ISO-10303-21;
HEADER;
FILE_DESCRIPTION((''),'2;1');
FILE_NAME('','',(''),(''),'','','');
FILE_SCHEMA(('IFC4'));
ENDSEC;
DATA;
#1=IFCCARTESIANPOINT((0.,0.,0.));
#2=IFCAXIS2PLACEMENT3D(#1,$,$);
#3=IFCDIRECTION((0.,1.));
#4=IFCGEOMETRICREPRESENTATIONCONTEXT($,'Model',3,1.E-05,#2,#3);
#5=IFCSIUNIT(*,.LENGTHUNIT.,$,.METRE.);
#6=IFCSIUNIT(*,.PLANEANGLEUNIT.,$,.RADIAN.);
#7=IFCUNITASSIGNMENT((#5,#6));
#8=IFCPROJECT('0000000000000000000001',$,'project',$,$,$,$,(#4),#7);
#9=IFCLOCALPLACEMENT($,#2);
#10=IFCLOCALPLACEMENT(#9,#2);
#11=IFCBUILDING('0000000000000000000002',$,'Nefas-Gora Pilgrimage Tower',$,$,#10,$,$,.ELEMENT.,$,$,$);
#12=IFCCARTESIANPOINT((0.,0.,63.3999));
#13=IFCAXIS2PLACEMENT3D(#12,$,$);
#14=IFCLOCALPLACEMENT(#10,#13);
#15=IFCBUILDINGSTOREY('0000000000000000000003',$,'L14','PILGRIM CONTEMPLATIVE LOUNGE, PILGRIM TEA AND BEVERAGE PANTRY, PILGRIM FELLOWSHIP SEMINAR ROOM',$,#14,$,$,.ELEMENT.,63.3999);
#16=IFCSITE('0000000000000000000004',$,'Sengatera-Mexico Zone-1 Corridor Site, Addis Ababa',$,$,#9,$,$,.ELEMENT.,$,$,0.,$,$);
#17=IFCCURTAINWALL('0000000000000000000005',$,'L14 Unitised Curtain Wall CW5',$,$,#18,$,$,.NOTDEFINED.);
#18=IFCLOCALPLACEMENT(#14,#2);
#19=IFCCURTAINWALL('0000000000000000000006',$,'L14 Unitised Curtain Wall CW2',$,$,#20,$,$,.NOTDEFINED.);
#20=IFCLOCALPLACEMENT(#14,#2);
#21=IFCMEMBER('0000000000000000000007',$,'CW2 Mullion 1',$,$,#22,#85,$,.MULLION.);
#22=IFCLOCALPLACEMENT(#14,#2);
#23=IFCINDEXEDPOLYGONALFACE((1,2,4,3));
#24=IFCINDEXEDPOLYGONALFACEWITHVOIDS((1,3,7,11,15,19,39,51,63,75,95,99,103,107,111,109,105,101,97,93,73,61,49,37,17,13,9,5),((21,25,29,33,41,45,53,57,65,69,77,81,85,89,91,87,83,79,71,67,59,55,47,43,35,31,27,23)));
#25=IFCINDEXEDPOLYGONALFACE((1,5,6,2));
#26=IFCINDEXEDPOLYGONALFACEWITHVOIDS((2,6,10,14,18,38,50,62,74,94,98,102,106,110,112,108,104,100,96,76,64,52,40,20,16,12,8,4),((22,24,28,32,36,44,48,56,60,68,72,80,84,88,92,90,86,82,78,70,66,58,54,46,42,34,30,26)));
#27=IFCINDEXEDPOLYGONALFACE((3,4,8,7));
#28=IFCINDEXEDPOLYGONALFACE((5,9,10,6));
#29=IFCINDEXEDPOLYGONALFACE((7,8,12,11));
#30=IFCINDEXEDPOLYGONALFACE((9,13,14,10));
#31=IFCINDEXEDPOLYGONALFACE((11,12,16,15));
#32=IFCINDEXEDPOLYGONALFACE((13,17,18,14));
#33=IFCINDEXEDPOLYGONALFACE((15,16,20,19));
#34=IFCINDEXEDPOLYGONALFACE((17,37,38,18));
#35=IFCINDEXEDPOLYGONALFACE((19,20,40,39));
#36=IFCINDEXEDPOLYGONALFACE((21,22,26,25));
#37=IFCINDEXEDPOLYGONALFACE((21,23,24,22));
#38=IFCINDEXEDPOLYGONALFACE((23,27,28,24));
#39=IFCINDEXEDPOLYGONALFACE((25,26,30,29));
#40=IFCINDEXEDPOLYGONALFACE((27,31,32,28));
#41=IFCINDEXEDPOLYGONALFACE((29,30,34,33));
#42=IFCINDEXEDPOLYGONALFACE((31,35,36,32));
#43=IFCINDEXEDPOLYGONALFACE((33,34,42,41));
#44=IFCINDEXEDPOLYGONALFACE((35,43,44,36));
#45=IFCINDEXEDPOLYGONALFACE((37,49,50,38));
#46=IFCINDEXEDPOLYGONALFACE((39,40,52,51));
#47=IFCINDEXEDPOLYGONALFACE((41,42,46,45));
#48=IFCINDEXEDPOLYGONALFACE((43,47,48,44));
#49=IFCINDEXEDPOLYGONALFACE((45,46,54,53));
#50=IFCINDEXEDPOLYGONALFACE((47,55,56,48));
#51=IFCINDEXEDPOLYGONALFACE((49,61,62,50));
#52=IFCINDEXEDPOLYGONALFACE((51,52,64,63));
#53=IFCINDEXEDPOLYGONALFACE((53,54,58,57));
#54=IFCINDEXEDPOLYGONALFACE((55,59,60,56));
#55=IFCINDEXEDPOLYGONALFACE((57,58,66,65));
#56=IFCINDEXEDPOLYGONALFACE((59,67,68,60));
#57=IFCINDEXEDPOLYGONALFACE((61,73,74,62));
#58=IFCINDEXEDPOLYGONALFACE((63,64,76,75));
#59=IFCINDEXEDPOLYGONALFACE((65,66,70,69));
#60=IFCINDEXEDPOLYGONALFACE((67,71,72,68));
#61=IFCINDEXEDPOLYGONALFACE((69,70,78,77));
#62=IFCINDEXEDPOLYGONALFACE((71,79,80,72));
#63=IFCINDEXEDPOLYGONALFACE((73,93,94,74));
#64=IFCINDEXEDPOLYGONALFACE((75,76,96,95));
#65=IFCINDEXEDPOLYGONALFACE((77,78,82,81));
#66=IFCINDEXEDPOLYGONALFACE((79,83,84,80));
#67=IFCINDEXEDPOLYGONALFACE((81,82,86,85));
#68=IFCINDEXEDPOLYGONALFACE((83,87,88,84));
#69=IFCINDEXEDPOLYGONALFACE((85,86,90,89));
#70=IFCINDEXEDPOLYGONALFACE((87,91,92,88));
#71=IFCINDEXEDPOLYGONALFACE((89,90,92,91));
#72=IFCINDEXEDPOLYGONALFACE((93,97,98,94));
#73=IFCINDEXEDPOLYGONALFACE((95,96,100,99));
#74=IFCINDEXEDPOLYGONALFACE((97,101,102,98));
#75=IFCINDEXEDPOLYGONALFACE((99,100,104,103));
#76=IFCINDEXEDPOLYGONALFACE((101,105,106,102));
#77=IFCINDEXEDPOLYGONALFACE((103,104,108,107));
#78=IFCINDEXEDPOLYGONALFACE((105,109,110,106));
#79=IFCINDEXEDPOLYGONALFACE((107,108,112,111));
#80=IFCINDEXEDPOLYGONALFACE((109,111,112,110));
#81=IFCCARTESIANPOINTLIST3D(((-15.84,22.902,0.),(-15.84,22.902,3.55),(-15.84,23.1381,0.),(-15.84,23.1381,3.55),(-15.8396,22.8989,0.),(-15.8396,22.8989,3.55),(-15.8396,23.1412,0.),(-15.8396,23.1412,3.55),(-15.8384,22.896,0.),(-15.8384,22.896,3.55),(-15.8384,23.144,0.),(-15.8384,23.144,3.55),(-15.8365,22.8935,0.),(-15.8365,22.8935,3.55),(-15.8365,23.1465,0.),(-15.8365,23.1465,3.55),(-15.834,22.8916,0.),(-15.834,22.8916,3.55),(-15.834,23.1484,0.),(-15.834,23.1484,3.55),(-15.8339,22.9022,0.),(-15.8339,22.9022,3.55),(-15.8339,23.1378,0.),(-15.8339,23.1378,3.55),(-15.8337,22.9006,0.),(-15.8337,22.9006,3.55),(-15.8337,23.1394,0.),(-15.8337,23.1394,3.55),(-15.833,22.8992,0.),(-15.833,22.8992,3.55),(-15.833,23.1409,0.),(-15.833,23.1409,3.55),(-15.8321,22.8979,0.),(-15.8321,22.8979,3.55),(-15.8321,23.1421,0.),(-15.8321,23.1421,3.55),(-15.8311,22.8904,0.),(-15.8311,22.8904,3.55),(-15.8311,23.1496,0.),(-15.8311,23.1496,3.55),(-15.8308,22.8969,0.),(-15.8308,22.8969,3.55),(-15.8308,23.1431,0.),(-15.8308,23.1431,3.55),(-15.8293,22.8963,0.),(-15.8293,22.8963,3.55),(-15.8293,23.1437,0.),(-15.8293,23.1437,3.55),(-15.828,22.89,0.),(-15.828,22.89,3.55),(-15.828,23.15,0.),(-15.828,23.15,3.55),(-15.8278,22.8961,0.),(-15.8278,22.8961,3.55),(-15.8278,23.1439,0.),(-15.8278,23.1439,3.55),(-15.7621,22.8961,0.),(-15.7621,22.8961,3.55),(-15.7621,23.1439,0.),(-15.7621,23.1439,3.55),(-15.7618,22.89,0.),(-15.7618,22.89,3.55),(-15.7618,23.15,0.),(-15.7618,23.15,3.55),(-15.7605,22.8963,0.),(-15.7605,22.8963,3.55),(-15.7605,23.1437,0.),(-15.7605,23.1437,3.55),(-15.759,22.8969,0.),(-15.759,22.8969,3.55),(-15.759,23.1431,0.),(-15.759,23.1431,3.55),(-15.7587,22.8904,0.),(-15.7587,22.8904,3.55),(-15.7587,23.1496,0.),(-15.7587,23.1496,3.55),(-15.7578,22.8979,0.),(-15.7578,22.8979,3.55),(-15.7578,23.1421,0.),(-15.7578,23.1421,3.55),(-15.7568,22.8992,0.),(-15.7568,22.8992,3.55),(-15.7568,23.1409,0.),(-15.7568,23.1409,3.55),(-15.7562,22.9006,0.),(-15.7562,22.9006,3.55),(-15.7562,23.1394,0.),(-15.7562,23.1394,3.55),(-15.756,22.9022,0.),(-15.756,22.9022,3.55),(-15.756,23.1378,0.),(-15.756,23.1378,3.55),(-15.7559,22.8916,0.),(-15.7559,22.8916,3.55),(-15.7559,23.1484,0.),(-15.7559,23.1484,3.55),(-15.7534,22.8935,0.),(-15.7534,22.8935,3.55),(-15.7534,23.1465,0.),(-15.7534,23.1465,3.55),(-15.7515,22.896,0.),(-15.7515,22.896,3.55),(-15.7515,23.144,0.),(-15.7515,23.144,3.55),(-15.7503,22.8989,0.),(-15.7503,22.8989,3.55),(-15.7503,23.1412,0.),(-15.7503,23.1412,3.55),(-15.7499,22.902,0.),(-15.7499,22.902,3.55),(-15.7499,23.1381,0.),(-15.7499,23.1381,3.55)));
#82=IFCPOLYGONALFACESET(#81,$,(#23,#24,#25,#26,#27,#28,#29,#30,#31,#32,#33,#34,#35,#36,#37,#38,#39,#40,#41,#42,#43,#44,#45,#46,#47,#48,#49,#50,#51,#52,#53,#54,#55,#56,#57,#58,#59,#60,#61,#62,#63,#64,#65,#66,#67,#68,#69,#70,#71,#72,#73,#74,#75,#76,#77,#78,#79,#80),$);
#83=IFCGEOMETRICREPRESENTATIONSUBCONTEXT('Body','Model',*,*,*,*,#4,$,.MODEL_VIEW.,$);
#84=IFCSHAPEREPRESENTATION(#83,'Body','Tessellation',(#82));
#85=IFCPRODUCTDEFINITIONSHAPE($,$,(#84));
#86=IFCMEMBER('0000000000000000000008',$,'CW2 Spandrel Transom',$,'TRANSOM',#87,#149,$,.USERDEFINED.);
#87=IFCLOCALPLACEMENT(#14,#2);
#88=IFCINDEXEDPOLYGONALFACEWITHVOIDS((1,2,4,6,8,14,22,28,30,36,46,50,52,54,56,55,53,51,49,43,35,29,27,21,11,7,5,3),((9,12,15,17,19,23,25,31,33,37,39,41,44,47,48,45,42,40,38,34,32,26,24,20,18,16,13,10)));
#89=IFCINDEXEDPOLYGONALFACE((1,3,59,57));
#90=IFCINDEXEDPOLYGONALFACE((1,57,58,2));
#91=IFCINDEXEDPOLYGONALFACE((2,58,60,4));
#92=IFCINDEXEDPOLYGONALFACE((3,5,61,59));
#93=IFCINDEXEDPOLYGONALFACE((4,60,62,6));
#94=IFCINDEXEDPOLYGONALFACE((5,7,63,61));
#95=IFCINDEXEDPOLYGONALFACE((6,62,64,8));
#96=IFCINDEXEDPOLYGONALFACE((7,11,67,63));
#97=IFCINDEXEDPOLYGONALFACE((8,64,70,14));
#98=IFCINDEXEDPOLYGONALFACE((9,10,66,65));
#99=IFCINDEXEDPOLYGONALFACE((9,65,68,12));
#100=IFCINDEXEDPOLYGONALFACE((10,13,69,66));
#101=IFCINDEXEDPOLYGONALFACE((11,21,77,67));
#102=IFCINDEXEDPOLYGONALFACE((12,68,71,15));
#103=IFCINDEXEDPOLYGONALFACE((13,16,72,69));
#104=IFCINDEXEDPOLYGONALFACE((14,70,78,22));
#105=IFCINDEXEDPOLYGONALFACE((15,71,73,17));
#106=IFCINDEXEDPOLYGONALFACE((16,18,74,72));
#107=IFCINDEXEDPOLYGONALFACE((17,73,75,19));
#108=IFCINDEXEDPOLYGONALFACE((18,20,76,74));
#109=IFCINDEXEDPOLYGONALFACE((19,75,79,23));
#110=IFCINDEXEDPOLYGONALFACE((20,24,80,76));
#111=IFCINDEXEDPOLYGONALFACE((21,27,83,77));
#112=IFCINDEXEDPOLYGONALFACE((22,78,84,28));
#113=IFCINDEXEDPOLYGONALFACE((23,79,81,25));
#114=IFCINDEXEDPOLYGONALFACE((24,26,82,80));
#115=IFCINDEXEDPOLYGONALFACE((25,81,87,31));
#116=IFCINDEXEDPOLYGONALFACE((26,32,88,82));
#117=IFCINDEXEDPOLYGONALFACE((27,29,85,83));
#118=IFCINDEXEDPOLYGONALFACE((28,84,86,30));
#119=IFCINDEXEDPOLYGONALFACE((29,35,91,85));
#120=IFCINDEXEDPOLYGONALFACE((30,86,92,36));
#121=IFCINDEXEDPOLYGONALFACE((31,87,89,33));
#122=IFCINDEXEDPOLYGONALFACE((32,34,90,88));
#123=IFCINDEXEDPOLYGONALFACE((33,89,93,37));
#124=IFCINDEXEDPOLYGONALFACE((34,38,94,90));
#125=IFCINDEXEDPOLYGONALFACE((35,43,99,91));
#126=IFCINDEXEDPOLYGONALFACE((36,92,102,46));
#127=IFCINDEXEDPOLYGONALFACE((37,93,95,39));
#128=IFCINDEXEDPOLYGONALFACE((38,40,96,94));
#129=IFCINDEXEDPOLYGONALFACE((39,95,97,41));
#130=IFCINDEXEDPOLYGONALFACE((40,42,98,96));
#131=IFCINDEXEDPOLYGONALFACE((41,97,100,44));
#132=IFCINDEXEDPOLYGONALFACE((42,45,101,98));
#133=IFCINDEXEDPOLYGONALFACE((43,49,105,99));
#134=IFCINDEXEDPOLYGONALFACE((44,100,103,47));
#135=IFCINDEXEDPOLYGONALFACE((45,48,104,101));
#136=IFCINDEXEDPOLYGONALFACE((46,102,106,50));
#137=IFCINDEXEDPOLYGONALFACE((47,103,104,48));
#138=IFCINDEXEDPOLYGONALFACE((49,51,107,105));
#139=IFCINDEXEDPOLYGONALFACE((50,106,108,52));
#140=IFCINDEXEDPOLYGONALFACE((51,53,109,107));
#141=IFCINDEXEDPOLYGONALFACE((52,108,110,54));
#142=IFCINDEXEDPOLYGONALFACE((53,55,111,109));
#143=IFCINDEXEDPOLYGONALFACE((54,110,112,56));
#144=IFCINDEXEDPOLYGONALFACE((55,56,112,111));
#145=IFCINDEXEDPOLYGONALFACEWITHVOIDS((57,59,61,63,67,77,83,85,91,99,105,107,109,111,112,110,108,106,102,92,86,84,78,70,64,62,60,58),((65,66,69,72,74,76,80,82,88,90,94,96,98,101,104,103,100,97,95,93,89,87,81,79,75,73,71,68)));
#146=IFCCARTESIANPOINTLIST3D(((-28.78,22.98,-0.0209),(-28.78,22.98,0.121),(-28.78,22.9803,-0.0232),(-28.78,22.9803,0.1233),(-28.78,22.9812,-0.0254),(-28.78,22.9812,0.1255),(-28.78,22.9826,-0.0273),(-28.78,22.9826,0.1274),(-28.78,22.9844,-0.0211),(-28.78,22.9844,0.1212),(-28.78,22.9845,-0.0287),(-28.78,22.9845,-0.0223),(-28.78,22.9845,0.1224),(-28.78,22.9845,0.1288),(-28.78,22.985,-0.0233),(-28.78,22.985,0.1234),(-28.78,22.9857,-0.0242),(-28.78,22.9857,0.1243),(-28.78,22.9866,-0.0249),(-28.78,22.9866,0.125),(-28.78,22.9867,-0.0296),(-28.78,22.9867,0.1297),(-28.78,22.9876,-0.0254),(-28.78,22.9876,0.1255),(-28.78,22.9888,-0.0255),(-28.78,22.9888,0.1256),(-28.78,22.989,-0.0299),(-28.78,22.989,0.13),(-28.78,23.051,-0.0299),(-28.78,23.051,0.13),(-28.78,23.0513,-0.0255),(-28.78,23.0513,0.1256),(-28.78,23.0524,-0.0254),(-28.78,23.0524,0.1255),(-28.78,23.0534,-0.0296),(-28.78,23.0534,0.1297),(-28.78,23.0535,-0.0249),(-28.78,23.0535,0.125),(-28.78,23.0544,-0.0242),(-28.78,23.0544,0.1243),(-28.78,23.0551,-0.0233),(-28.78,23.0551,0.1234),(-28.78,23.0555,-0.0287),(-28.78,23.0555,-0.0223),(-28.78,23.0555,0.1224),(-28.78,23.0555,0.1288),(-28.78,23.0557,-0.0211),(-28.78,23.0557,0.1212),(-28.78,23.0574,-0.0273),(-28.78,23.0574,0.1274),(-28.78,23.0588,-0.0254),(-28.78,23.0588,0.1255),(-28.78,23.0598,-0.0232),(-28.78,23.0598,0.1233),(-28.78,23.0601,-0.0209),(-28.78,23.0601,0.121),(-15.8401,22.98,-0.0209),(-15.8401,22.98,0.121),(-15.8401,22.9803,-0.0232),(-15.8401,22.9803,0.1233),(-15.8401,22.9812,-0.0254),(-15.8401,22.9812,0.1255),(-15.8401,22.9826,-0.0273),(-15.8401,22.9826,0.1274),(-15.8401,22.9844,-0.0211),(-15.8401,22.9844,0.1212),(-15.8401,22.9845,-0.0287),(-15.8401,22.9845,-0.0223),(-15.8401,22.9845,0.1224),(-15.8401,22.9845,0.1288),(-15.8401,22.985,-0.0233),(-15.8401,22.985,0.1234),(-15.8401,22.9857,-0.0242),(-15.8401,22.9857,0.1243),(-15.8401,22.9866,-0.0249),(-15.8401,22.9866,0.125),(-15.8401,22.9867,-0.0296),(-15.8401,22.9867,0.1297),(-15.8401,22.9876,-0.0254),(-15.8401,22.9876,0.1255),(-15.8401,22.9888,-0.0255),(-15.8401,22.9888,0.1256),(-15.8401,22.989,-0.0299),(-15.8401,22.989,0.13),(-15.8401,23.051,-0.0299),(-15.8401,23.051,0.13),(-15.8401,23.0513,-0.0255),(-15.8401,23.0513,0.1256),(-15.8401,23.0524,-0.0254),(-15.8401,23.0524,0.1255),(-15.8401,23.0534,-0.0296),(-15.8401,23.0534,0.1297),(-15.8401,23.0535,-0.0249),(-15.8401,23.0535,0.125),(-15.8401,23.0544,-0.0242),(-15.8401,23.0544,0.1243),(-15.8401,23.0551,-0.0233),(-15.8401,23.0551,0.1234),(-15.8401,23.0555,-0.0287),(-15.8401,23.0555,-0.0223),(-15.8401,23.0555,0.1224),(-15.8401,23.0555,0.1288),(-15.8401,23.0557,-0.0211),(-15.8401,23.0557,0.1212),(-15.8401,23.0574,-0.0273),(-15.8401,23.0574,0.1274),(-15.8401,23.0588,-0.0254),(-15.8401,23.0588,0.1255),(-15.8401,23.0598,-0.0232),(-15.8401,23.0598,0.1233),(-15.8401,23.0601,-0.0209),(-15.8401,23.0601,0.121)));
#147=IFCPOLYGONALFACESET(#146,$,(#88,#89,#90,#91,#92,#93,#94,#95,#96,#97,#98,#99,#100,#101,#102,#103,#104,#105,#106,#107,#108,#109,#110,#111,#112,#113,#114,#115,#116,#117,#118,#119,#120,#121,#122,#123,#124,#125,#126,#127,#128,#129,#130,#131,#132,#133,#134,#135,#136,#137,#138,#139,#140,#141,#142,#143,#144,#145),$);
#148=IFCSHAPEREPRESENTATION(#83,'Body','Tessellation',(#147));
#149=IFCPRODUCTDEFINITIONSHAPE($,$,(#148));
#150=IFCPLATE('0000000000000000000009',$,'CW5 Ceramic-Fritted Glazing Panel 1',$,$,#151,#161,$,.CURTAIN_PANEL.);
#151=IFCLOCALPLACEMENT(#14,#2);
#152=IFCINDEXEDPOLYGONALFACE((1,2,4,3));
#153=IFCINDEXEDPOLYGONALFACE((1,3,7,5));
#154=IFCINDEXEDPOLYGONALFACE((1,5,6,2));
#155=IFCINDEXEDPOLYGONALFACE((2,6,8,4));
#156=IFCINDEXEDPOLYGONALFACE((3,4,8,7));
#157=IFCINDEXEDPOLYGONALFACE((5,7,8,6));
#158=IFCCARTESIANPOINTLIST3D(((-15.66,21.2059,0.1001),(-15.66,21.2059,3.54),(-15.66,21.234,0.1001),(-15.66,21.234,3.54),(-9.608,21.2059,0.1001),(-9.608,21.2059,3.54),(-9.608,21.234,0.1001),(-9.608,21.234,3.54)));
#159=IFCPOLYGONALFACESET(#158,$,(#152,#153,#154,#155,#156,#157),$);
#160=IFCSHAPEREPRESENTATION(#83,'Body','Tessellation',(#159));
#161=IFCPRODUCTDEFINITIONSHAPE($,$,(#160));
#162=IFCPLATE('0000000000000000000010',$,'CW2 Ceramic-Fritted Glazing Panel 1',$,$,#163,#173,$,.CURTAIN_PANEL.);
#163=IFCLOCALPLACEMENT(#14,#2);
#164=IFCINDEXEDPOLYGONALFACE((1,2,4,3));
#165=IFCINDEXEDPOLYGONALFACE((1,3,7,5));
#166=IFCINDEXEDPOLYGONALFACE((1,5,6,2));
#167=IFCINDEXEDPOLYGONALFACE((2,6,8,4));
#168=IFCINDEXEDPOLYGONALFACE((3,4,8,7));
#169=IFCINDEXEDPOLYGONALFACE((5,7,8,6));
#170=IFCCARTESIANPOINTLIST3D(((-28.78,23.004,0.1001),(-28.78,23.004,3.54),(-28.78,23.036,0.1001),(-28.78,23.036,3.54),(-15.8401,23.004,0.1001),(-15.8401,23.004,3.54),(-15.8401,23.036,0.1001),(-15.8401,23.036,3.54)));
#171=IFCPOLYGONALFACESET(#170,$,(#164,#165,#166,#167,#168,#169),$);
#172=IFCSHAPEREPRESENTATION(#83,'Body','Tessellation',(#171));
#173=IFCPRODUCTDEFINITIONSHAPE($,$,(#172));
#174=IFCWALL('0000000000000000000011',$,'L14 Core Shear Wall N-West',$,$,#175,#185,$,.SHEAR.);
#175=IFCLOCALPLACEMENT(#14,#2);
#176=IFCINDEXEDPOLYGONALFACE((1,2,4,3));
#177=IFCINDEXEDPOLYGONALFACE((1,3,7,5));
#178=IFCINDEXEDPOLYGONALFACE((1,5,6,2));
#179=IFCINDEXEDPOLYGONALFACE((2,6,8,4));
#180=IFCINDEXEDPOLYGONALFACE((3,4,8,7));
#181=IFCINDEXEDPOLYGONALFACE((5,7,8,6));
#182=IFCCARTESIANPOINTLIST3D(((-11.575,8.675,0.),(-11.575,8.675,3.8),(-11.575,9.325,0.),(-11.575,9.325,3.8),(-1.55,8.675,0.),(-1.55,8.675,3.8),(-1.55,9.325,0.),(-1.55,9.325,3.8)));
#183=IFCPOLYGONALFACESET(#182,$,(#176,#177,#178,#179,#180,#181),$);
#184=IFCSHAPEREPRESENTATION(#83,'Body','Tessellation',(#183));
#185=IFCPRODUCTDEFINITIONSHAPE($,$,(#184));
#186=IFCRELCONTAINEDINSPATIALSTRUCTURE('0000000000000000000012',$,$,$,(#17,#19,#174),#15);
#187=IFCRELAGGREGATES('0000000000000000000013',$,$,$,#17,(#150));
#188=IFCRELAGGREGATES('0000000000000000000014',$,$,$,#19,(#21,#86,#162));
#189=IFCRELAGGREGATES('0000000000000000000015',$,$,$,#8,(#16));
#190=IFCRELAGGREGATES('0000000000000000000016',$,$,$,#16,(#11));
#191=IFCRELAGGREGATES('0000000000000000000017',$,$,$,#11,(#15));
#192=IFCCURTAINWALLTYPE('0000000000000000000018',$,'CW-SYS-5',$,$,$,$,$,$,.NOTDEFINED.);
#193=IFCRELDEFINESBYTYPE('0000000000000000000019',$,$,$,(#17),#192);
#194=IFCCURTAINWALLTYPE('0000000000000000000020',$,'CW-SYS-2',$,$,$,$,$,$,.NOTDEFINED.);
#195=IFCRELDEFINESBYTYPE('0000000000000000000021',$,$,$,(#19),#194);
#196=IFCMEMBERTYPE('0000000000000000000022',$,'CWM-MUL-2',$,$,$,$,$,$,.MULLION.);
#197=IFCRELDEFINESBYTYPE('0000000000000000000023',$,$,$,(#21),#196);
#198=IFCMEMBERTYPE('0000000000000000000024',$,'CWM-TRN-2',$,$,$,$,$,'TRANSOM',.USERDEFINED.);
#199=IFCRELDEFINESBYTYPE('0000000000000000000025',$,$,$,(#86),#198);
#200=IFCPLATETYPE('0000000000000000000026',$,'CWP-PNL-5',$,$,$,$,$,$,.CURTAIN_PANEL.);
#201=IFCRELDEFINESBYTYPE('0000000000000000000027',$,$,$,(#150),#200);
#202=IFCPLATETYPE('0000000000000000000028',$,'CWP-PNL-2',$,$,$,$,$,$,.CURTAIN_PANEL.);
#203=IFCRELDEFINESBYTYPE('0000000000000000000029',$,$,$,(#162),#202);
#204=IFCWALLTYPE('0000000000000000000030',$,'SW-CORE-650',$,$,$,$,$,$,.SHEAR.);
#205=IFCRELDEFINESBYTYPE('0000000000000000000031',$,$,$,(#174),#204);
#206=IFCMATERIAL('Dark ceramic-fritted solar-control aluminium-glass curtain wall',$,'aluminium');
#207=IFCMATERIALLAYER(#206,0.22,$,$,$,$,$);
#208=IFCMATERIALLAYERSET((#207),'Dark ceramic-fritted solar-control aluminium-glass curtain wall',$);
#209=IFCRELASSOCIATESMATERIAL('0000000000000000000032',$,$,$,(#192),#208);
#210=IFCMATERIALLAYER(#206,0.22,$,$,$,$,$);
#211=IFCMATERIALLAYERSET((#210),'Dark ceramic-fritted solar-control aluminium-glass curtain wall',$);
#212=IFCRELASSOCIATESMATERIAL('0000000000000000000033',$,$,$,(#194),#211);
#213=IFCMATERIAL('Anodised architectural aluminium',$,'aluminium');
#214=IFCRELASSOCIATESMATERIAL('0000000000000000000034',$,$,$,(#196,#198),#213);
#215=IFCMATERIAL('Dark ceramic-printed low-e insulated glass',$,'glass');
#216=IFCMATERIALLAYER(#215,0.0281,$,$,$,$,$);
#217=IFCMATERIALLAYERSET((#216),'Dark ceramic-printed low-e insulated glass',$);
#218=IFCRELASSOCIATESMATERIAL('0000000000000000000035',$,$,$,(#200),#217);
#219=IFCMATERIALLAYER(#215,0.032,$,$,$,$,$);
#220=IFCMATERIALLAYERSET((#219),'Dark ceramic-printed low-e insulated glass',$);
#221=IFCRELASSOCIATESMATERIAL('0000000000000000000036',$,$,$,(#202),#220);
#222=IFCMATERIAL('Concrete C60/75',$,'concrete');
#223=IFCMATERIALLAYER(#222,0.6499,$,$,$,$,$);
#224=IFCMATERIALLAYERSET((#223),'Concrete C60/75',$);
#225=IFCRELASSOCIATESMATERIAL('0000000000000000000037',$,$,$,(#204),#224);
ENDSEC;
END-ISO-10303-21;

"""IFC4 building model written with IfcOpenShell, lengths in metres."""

from ifc_helpers import new_model, si_unit, direction, frame, frame_2d, origin, origin_2d, place, context, subcontext, project, spatial, rectangle, hollow_rectangle, extrude, source, transform, mapped, material, layer, layer_set, material_profile, profile_set, type_object, element, aggregate, save


model = new_model("IFC4")

# Units and contexts
model_context = context("Model", 3, precision=1e-05, world=origin(), true_north=direction((0.0, 1.0)))
body_context = subcontext(model_context, "Body", "Model", "MODEL_VIEW")
ifc_project = project(units=[si_unit("LENGTHUNIT", "METRE"), si_unit("PLANEANGLEUNIT", "RADIAN")], contexts=[model_context])

# Site, building, storey
site_placement = place(None, origin())
site = spatial("IfcSite", under=ifc_project, at=site_placement, Name="Sengatera-Mexico Zone-1 Corridor Site, Addis Ababa", CompositionType="ELEMENT", RefElevation=0.0)
building_placement = place(site_placement, origin())
building = spatial("IfcBuilding", under=site, at=building_placement, Name="Nefas-Gora Pilgrimage Tower", CompositionType="ELEMENT")
storey_placement = place(building_placement, frame((0.0, 0.0, 63.3999)))
storey = spatial("IfcBuildingStorey", under=building, at=storey_placement, Name="L14", Description="PILGRIM CONTEMPLATIVE LOUNGE, PILGRIM TEA AND BEVERAGE PANTRY, PILGRIM FELLOWSHIP SEMINAR ROOM", CompositionType="ELEMENT", Elevation=63.3999)

# Curtain wall
ifc_material_1 = material(Name="Dark ceramic-fritted solar-control aluminium-glass curtain wall", Category="aluminium")
ifc_layer_1 = layer(ifc_material_1, 0.22)
ifc_layer_set_1 = layer_set([ifc_layer_1], Name="Dark ceramic-fritted solar-control aluminium-glass curtain wall")
curtain_wall_type_1 = type_object("IfcCurtainWallType", Name="CW-SYS-5", PredefinedType="NOTDEFINED", material=ifc_layer_set_1)
curtain_wall_1_placement = place(storey_placement, origin())
curtain_wall_1 = element("IfcCurtainWall", 1, at=curtain_wall_1_placement, inside=storey, type_object=curtain_wall_type_1, Name="L14 Unitised Curtain Wall CW5", PredefinedType="NOTDEFINED")
ifc_material_2 = material(Name="Anodised architectural aluminium", Category="aluminium")

# Curtain wall, members
ifc_layer_2 = layer(ifc_material_1, 0.22)
ifc_layer_set_2 = layer_set([ifc_layer_2], Name="Dark ceramic-fritted solar-control aluminium-glass curtain wall")
curtain_wall_type_2 = type_object("IfcCurtainWallType", Name="CW-SYS-2", PredefinedType="NOTDEFINED", material=ifc_layer_set_2)
curtain_wall_2_placement = place(storey_placement, origin())
curtain_wall_2 = element("IfcCurtainWall", 2, at=curtain_wall_2_placement, inside=storey, type_object=curtain_wall_type_2, Name="L14 Unitised Curtain Wall CW2", PredefinedType="NOTDEFINED")
ifc_material_profile_1 = material_profile(ifc_material_2, hollow_rectangle(XDim=0.0901, YDim=0.26, WallThickness=0.0061, InnerFilletRadius=0.0061, OuterFilletRadius=0.012, at=origin_2d()), Name="ALU MULLION 90x260")
ifc_profile_set_1 = profile_set([ifc_material_profile_1], Name="Anodised architectural aluminium")
member_type_1 = type_object("IfcMemberType", Name="CWM-MUL-2", PredefinedType="MULLION", material=ifc_profile_set_1)
shared_shape_1 = source(origin(), body_context, "Body", "SweptSolid", [
    extrude(hollow_rectangle(XDim=0.0901, YDim=0.26, WallThickness=0.0061, InnerFilletRadius=0.0061, OuterFilletRadius=0.012, at=origin_2d()), origin(), (0.0, 0.0, 1.0), 3.55),
])
member_1_placement = place(storey_placement, frame((-15.7949, 23.02, 0.0), z_axis=(0.0, 0.0, 1.0), x_axis=(-1.0, 0.0, 0.0)))
member_1 = element("IfcMember", 3, at=member_1_placement, type_object=member_type_1, Name="CW2 Mullion 1", PredefinedType="MULLION", context=body_context, shape_type="MappedRepresentation", body=[
    mapped(shared_shape_1, transform((0.0, 0.0, 0.0), x_axis=(1.0, 0.0, 0.0), y_axis=(0.0, 1.0, 0.0), z_axis=(0.0, 0.0, 1.0), scale=1.0)),
])
ifc_material_profile_2 = material_profile(ifc_material_2, hollow_rectangle(XDim=0.0801, YDim=0.1599, WallThickness=0.0044, InnerFilletRadius=0.0044, OuterFilletRadius=0.009, at=origin_2d()), Name="ALU TRANSOM 80x160")
ifc_profile_set_2 = profile_set([ifc_material_profile_2], Name="Anodised architectural aluminium")
member_type_2 = type_object("IfcMemberType", Name="CWM-TRN-2", ElementType="TRANSOM", PredefinedType="USERDEFINED", material=ifc_profile_set_2)
shared_shape_2 = source(origin(), body_context, "Body", "SweptSolid", [
    extrude(hollow_rectangle(XDim=0.0801, YDim=0.1599, WallThickness=0.0044, InnerFilletRadius=0.0044, OuterFilletRadius=0.009, at=origin_2d()), origin(), (0.0, 0.0, 1.0), 12.9399),
])
member_2_placement = place(storey_placement, frame((-15.8401, 23.02, 0.05), z_axis=(-1.0, 0.0, 0.0), x_axis=(0.0, -1.0, 0.0)))
member_2 = element("IfcMember", 4, at=member_2_placement, type_object=member_type_2, Name="CW2 Spandrel Transom", ObjectType="TRANSOM", PredefinedType="USERDEFINED", context=body_context, shape_type="MappedRepresentation", body=[
    mapped(shared_shape_2, transform((0.0, 0.0, 0.0), x_axis=(1.0, 0.0, 0.0), y_axis=(0.0, 1.0, 0.0), z_axis=(0.0, 0.0, 1.0), scale=1.0)),
])

# Plates
ifc_material_3 = material(Name="Dark ceramic-printed low-e insulated glass", Category="glass")
ifc_layer_3 = layer(ifc_material_3, 0.0281)
ifc_layer_set_3 = layer_set([ifc_layer_3], Name="Dark ceramic-printed low-e insulated glass")
plate_type_1 = type_object("IfcPlateType", Name="CWP-PNL-5", PredefinedType="CURTAIN_PANEL", material=ifc_layer_set_3)
shared_shape_3 = source(origin(), body_context, "Body", "SweptSolid", [
    extrude(rectangle(XDim=6.052, YDim=0.0281, at=origin_2d()), origin(), (0.0, 0.0, 1.0), 3.4399),
])
plate_1_placement = place(storey_placement, frame((-12.634, 21.22, 0.1001), z_axis=(0.0, 0.0, 1.0), x_axis=(-1.0, 0.0, 0.0)))
plate_1 = element("IfcPlate", 5, at=plate_1_placement, type_object=plate_type_1, Name="CW5 Ceramic-Fritted Glazing Panel 1", PredefinedType="CURTAIN_PANEL", context=body_context, shape_type="MappedRepresentation", body=[
    mapped(shared_shape_3, transform((0.0, 0.0, 0.0), x_axis=(1.0, 0.0, 0.0), y_axis=(0.0, 1.0, 0.0), z_axis=(0.0, 0.0, 1.0), scale=1.0)),
])
aggregate(curtain_wall_1, [plate_1])
ifc_layer_4 = layer(ifc_material_3, 0.032)
ifc_layer_set_4 = layer_set([ifc_layer_4], Name="Dark ceramic-printed low-e insulated glass")
plate_type_2 = type_object("IfcPlateType", Name="CWP-PNL-2", PredefinedType="CURTAIN_PANEL", material=ifc_layer_set_4)
shared_shape_4 = source(origin(), body_context, "Body", "SweptSolid", [
    extrude(rectangle(XDim=12.9399, YDim=0.032, at=origin_2d()), origin(), (0.0, 0.0, 1.0), 3.4399),
])
plate_2_placement = place(storey_placement, frame((-22.3101, 23.02, 0.1001), z_axis=(0.0, 0.0, 1.0), x_axis=(-1.0, 0.0, 0.0)))
plate_2 = element("IfcPlate", 6, at=plate_2_placement, type_object=plate_type_2, Name="CW2 Ceramic-Fritted Glazing Panel 1", PredefinedType="CURTAIN_PANEL", context=body_context, shape_type="MappedRepresentation", body=[
    mapped(shared_shape_4, transform((0.0, 0.0, 0.0), x_axis=(1.0, 0.0, 0.0), y_axis=(0.0, 1.0, 0.0), z_axis=(0.0, 0.0, 1.0), scale=1.0)),
])
aggregate(curtain_wall_2, [member_1, member_2, plate_2])

# Wall
ifc_material_4 = material(Name="Concrete C60/75", Category="concrete")
ifc_layer_5 = layer(ifc_material_4, 0.6499)
ifc_layer_set_5 = layer_set([ifc_layer_5], Name="Concrete C60/75")
wall_type_1 = type_object("IfcWallType", Name="SW-CORE-650", PredefinedType="SHEAR", material=ifc_layer_set_5)
shared_shape_5 = source(origin(), body_context, "Body", "SweptSolid", [
    extrude(rectangle(XDim=10.0249, YDim=0.6499, at=frame_2d((5.0125, 0.0))), origin(), (0.0, 0.0, 1.0), 3.8),
])
wall_1_placement = place(storey_placement, frame((-11.575, 9.0, 0.0), z_axis=(0.0, 0.0, 1.0), x_axis=(1.0, 0.0, 0.0)))
element("IfcWall", 7, at=wall_1_placement, inside=storey, type_object=wall_type_1, Name="L14 Core Shear Wall N-West", PredefinedType="SHEAR", context=body_context, shape_type="MappedRepresentation", body=[
    mapped(shared_shape_5, transform((0.0, 0.0, 0.0), x_axis=(1.0, 0.0, 0.0), y_axis=(0.0, 1.0, 0.0), z_axis=(0.0, 0.0, 1.0), scale=1.0)),
])

save(model, "model.ifc")
